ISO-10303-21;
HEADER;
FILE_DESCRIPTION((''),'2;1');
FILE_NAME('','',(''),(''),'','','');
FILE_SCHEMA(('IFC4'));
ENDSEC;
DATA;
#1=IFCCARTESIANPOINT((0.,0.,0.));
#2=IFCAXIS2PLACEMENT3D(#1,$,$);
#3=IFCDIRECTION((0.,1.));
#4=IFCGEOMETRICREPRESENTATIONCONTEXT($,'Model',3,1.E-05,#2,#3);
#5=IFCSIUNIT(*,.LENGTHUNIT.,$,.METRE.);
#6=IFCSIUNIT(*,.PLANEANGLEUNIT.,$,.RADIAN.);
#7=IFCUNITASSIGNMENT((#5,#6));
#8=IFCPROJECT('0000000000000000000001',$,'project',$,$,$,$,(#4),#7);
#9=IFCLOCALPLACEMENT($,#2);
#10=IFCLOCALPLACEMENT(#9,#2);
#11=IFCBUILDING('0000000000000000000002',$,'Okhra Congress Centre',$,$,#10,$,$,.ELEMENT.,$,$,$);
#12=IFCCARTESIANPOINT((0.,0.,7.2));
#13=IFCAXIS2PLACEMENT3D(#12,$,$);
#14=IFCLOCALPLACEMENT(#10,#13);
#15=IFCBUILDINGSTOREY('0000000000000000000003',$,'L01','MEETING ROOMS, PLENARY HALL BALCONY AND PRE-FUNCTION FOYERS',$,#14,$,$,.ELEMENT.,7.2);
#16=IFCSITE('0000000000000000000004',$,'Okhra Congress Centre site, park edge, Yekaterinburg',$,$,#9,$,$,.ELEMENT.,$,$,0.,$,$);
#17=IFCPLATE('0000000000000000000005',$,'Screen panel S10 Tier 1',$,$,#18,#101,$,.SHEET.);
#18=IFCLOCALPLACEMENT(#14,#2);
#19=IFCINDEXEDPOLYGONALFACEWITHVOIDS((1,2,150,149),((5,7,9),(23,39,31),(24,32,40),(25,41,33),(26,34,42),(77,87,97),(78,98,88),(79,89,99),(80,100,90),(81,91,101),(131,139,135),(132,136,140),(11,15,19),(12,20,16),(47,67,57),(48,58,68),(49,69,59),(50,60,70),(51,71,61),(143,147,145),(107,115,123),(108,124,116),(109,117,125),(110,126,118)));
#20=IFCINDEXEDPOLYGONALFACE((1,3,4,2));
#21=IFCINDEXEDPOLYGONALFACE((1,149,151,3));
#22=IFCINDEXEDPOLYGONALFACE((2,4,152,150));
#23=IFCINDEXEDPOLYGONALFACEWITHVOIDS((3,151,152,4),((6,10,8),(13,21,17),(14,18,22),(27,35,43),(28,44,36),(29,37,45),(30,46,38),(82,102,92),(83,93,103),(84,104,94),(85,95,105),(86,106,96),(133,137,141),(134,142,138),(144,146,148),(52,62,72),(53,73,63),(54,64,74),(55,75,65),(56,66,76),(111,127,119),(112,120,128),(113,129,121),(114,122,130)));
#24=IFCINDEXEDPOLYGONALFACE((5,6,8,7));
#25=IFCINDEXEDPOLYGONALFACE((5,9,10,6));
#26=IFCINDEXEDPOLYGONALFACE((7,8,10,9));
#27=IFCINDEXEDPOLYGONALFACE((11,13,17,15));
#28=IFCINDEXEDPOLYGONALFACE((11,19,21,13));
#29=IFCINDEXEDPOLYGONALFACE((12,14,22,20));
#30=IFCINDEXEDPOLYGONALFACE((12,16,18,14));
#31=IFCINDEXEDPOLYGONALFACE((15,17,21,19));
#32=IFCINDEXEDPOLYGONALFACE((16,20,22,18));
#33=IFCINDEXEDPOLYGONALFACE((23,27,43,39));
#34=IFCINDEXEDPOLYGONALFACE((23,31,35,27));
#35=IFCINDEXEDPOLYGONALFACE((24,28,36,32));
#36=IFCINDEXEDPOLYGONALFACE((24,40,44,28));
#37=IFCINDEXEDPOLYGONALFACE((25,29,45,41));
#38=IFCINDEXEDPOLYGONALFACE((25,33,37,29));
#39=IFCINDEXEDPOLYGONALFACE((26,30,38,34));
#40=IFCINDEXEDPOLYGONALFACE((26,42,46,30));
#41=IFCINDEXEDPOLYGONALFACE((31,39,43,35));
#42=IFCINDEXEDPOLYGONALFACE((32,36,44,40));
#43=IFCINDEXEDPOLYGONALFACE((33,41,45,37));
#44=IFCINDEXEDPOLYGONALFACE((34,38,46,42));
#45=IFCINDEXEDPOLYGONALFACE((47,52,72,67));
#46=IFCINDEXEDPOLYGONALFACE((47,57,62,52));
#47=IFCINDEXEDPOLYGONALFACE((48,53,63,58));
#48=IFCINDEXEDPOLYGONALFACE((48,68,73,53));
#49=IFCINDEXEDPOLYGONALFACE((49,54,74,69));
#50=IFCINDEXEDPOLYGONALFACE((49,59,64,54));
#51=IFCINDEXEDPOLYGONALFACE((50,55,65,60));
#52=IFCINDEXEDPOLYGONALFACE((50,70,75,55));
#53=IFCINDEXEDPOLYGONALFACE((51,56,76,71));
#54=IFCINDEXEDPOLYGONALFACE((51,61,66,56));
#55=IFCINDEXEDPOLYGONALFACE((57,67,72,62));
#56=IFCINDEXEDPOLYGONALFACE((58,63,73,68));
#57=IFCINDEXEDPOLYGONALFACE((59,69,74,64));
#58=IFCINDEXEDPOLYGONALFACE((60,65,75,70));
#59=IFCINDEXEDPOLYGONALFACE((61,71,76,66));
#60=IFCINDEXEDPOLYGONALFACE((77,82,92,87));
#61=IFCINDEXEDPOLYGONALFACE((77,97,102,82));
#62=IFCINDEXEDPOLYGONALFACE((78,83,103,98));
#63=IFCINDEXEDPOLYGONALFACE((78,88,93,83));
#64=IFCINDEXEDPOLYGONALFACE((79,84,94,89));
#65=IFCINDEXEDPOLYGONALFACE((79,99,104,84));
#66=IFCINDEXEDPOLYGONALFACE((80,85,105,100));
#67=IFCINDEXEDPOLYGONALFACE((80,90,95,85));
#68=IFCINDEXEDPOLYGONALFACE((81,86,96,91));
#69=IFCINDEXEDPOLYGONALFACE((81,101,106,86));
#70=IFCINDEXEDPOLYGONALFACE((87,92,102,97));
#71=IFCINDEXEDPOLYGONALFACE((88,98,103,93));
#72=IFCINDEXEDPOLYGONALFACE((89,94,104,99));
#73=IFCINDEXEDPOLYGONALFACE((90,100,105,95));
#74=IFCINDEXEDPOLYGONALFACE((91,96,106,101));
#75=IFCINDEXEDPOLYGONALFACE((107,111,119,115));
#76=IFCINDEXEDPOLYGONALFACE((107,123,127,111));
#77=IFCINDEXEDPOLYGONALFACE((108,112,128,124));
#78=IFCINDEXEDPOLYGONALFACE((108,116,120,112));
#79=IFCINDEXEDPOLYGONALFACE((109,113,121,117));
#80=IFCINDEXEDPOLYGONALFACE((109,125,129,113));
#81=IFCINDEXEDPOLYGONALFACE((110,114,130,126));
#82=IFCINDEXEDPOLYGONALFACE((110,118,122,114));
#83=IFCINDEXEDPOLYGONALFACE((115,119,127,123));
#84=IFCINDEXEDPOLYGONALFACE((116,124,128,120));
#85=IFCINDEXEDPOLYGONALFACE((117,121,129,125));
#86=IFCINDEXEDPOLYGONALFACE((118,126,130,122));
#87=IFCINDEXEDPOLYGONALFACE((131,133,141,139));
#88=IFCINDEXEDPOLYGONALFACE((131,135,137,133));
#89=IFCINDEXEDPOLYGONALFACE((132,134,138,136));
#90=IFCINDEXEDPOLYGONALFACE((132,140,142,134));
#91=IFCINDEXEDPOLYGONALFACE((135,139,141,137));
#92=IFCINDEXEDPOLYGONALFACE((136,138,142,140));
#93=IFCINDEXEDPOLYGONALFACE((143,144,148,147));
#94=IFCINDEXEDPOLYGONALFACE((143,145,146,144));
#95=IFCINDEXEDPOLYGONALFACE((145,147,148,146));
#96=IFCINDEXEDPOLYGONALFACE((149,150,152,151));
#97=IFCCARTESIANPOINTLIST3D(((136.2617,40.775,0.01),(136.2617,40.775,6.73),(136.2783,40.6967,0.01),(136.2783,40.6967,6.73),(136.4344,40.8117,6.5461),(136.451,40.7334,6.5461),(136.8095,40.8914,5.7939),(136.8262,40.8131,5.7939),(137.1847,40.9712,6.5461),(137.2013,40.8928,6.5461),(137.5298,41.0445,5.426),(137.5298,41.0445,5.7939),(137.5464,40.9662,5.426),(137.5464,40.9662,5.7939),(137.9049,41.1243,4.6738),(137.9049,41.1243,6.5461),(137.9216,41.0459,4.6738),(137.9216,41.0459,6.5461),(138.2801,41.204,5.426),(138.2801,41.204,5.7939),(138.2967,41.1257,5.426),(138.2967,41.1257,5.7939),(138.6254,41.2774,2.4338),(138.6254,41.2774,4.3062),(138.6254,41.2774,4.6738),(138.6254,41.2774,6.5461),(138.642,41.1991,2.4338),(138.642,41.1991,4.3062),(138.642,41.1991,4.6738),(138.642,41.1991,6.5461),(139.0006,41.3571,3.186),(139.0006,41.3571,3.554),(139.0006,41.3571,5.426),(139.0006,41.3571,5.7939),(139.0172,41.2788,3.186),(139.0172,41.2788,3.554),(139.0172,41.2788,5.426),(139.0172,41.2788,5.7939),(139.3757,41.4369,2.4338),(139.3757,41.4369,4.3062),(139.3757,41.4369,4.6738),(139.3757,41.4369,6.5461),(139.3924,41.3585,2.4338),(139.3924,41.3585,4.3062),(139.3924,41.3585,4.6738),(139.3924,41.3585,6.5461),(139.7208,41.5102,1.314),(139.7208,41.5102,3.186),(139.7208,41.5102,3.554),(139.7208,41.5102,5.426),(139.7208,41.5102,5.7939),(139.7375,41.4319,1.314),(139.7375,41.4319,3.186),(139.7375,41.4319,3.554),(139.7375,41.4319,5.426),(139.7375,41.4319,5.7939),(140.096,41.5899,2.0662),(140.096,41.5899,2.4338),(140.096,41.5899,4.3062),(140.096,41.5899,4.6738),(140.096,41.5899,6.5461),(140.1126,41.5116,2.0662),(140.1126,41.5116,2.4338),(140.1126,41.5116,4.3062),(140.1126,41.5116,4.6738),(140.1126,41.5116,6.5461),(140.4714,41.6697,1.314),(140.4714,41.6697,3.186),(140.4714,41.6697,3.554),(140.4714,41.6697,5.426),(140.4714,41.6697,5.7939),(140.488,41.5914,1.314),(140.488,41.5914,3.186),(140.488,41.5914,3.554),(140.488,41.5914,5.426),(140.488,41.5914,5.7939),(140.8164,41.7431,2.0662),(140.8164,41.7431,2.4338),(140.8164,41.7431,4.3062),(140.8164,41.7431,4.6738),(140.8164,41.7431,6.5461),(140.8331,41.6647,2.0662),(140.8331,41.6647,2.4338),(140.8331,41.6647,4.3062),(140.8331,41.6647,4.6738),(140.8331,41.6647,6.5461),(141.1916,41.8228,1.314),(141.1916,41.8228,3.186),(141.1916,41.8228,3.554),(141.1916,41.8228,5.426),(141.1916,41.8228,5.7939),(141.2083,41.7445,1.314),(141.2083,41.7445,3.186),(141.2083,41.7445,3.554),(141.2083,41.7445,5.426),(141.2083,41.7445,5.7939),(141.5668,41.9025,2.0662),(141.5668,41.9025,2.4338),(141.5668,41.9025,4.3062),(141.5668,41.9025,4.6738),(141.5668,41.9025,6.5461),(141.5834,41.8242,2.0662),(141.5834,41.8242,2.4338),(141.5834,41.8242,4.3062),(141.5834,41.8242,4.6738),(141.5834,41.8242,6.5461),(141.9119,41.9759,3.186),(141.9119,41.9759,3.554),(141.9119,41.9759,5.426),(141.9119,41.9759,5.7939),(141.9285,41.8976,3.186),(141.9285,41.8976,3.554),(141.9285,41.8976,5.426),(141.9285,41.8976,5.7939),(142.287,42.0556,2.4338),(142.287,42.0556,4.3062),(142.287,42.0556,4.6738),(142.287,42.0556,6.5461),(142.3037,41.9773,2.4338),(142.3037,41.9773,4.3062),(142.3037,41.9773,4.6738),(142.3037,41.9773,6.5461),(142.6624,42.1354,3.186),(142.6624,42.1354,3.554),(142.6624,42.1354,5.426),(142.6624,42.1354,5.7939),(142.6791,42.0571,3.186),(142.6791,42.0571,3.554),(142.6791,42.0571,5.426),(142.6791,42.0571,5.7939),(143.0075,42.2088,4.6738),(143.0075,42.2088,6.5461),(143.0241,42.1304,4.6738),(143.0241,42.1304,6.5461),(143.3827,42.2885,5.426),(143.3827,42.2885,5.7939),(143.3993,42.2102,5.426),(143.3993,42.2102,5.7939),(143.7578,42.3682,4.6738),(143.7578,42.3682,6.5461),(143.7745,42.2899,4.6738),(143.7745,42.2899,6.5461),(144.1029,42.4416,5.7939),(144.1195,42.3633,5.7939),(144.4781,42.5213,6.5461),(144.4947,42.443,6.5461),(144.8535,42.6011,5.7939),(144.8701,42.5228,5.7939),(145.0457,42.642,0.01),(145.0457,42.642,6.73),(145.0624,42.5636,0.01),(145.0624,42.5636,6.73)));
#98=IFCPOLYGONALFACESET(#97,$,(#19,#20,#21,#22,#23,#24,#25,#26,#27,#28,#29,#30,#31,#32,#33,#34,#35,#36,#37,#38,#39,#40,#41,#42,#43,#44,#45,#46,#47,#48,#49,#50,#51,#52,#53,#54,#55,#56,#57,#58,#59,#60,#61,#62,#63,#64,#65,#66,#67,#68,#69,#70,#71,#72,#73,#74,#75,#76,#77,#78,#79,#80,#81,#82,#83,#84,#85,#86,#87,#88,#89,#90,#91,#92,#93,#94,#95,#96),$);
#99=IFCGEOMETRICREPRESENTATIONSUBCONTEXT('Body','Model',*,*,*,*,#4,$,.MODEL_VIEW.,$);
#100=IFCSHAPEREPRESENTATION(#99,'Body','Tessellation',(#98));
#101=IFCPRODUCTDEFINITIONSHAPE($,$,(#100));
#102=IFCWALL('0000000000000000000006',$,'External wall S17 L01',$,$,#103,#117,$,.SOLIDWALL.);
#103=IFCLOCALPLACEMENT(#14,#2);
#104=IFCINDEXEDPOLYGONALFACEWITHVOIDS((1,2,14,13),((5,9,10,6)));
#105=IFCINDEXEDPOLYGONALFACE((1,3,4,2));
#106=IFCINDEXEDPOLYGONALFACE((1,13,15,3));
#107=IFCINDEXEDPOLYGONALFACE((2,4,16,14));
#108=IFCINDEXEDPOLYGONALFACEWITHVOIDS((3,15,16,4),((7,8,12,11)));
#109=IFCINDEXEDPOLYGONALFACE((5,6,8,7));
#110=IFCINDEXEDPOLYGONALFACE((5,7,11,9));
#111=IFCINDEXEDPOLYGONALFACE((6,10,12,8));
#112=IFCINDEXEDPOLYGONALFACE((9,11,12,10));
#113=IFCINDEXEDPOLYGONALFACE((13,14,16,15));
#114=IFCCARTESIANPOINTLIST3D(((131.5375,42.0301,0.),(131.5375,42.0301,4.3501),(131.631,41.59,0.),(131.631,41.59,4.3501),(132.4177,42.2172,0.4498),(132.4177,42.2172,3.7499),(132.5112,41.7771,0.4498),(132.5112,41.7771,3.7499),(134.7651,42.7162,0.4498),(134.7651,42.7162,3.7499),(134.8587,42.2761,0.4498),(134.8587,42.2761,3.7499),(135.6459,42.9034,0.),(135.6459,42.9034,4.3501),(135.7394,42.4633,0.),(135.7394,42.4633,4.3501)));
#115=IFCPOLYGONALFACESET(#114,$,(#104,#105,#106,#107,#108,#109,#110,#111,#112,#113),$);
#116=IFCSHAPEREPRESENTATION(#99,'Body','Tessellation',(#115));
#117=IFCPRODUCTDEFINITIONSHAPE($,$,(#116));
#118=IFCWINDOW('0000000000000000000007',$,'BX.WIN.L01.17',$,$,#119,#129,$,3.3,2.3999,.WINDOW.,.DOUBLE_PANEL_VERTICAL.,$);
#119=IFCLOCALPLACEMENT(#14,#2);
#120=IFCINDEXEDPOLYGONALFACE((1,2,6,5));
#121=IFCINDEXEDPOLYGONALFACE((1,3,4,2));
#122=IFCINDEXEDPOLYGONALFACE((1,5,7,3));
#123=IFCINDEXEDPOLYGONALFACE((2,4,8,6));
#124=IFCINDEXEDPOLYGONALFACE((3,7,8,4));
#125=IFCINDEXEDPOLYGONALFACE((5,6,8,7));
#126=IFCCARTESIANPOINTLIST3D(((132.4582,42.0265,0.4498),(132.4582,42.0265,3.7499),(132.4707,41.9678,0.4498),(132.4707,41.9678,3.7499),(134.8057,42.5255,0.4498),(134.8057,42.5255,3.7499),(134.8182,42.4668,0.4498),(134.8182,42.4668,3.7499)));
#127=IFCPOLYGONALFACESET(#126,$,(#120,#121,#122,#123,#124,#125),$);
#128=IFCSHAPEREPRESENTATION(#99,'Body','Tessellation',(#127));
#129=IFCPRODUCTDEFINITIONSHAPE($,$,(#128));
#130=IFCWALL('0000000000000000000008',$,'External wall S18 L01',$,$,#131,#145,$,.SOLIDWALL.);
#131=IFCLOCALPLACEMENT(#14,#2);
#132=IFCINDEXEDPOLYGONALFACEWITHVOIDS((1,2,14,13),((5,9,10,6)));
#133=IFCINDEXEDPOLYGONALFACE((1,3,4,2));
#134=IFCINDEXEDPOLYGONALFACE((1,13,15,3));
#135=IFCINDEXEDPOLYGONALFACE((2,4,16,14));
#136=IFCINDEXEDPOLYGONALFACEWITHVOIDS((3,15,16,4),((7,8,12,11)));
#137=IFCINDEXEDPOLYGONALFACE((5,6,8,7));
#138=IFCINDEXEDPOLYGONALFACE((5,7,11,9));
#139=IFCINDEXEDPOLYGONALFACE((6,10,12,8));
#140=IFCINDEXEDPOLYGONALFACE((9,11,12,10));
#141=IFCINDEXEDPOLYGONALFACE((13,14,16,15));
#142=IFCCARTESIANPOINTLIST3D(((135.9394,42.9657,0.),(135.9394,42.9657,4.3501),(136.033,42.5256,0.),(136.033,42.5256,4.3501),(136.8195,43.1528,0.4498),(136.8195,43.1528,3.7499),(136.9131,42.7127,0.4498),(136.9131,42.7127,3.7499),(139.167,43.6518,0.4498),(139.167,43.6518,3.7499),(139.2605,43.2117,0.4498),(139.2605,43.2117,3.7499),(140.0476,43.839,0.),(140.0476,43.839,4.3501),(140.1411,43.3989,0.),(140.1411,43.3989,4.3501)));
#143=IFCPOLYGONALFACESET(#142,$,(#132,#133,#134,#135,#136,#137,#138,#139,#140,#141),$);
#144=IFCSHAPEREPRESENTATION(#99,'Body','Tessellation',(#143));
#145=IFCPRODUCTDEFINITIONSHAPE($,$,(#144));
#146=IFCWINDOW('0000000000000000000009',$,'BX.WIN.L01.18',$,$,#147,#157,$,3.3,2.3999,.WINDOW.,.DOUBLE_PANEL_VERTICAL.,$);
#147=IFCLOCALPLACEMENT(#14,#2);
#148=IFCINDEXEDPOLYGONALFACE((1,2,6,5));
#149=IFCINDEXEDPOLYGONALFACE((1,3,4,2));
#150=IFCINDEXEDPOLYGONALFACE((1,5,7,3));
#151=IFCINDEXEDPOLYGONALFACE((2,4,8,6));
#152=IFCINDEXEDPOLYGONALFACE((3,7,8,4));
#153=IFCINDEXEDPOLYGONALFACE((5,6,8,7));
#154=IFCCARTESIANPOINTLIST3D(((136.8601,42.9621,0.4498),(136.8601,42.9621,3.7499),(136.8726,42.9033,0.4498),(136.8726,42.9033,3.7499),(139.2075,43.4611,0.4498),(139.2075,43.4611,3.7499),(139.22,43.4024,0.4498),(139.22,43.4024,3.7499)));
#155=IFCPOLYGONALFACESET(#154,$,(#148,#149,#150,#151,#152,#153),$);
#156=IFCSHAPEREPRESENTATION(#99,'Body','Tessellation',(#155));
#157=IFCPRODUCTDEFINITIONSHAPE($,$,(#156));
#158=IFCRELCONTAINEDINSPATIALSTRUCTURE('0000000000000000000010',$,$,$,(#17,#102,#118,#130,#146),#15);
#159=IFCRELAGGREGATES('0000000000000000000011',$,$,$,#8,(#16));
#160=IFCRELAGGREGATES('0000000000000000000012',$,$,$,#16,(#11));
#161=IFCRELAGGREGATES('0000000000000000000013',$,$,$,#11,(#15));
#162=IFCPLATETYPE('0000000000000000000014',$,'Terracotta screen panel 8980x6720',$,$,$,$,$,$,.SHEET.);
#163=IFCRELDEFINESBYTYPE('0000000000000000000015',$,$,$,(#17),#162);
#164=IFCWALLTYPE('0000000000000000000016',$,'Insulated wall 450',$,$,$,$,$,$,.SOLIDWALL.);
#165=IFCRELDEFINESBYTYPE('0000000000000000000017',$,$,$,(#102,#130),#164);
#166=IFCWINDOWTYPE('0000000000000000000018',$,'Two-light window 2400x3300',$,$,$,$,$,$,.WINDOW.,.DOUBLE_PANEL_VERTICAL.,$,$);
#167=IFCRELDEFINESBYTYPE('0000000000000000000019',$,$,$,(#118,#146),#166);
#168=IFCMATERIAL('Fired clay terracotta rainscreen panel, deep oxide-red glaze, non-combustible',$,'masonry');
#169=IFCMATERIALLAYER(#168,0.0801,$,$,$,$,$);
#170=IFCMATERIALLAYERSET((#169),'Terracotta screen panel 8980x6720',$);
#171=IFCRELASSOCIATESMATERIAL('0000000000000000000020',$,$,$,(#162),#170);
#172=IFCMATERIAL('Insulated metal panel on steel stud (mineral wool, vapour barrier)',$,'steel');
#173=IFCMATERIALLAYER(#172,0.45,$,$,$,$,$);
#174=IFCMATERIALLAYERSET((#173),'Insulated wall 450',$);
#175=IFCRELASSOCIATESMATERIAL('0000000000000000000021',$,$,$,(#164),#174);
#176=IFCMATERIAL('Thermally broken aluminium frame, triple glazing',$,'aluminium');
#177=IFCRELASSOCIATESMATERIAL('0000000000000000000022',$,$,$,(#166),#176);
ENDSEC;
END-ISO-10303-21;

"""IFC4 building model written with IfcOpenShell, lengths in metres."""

from ifc_helpers import new_model, si_unit, direction, frame, frame_2d, origin, place, context, subcontext, project, spatial, polyline, rectangle, outline, extrude, material, layer, layer_set, type_object, element, fill, save


model = new_model("IFC4")

# Units and contexts
model_context = context("Model", 3, precision=1e-05, world=origin(), true_north=direction((0.0, 1.0)))
body_context = subcontext(model_context, "Body", "Model", "MODEL_VIEW")
ifc_project = project(units=[si_unit("LENGTHUNIT", "METRE"), si_unit("PLANEANGLEUNIT", "RADIAN")], contexts=[model_context])

# Site, building, storey
site_placement = place(None, origin())
site = spatial("IfcSite", under=ifc_project, at=site_placement, Name="Okhra Congress Centre site, park edge, Yekaterinburg", CompositionType="ELEMENT", RefElevation=0.0)
building_placement = place(site_placement, origin())
building = spatial("IfcBuilding", under=site, at=building_placement, Name="Okhra Congress Centre", CompositionType="ELEMENT")
storey_placement = place(building_placement, frame((0.0, 0.0, 7.2)))
storey = spatial("IfcBuildingStorey", under=building, at=storey_placement, Name="L01", Description="MEETING ROOMS, PLENARY HALL BALCONY AND PRE-FUNCTION FOYERS", CompositionType="ELEMENT", Elevation=7.2)

# Plate
ifc_material_1 = material(Name="Fired clay terracotta rainscreen panel, deep oxide-red glaze, non-combustible", Category="masonry")
ifc_layer_1 = layer(ifc_material_1, 0.0801)
ifc_layer_set_1 = layer_set([ifc_layer_1], Name="Terracotta screen panel 8980x6720")
plate_type = type_object("IfcPlateType", Name="Terracotta screen panel 8980x6720", PredefinedType="SHEET", material=ifc_layer_set_1)
plate_placement = place(storey_placement, frame((136.27, 40.7358, 0.01), z_axis=(0.0, 0.0, 1.0), x_axis=(0.978151, 0.207897, 0.0)))
element("IfcPlate", 1, at=plate_placement, inside=storey, type_object=plate_type, Name="Screen panel S10 Tier 1", PredefinedType="SHEET", context=body_context, shape_type="SweptSolid", body=[
    extrude(outline(polyline([(0.0, 0.0), (8.9802, 0.0), (8.9802, 6.72), (0.0, 6.72), (0.0, 0.0)]), holes=[polyline([(3.5364, 1.304), (4.3037, 1.304), (3.9199, 2.0562), (3.5364, 1.304)]), polyline([(4.6565, 2.0562), (5.04, 1.304), (5.4236, 2.0562), (4.6565, 2.0562)]), polyline([(2.4165, 2.4238), (3.1836, 2.4238), (2.8, 3.176), (2.4165, 2.4238)]), polyline([(3.5364, 3.176), (3.9199, 2.4238), (4.3037, 3.176), (3.5364, 3.176)]), polyline([(4.6565, 2.4238), (5.4236, 2.4238), (5.04, 3.176), (4.6565, 2.4238)]), polyline([(5.7764, 3.176), (6.1599, 2.4238), (6.5437, 3.176), (5.7764, 3.176)]), polyline([(2.4165, 4.2961), (2.8, 3.5439), (3.1836, 4.2961), (2.4165, 4.2961)]), polyline([(3.5364, 3.5439), (4.3037, 3.5439), (3.9199, 4.2961), (3.5364, 3.5439)]), polyline([(4.6565, 4.2961), (5.04, 3.5439), (5.4236, 4.2961), (4.6565, 4.2961)]), polyline([(5.7764, 3.5439), (6.5437, 3.5439), (6.1599, 4.2961), (5.7764, 3.5439)]), polyline([(1.2964, 5.416), (1.6799, 4.6638), (2.0635, 5.416), (1.2964, 5.416)]), polyline([(2.4165, 4.6638), (3.1836, 4.6638), (2.8, 5.416), (2.4165, 4.6638)]), polyline([(3.5364, 5.416), (3.9199, 4.6638), (4.3037, 5.416), (3.5364, 5.416)]), polyline([(4.6565, 4.6638), (5.4236, 4.6638), (5.04, 5.416), (4.6565, 4.6638)]), polyline([(5.7764, 5.416), (6.1599, 4.6638), (6.5437, 5.416), (5.7764, 5.416)]), polyline([(6.8965, 4.6638), (7.6636, 4.6638), (7.28, 5.416), (6.8965, 4.6638)]), polyline([(0.1765, 6.5361), (0.5601, 5.7839), (0.9436, 6.5361), (0.1765, 6.5361)]), polyline([(1.2964, 5.7839), (2.0635, 5.7839), (1.6799, 6.5361), (1.2964, 5.7839)]), polyline([(2.4165, 6.5361), (2.8, 5.7839), (3.1836, 6.5361), (2.4165, 6.5361)]), polyline([(3.5364, 5.7839), (4.3037, 5.7839), (3.9199, 6.5361), (3.5364, 5.7839)]), polyline([(4.6565, 6.5361), (5.04, 5.7839), (5.4236, 6.5361), (4.6565, 6.5361)]), polyline([(5.7764, 5.7839), (6.5437, 5.7839), (6.1599, 6.5361), (5.7764, 5.7839)]), polyline([(6.8965, 6.5361), (7.28, 5.7839), (7.6636, 6.5361), (6.8965, 6.5361)]), polyline([(8.0164, 5.7839), (8.7837, 5.7839), (8.3999, 6.5361), (8.0164, 5.7839)])]), frame((0.0, 0.04, 0.0), z_axis=(0.0, -1.0, 0.0), x_axis=(1.0, 0.0, 0.0)), (0.0, 0.0, 1.0), 0.0801),
])

# Walls, openings, windows
ifc_material_2 = material(Name="Insulated metal panel on steel stud (mineral wool, vapour barrier)", Category="steel")
ifc_layer_2 = layer(ifc_material_2, 0.45)
ifc_layer_set_2 = layer_set([ifc_layer_2], Name="Insulated wall 450")
wall_type_1 = type_object("IfcWallType", Name="Insulated wall 450", PredefinedType="SOLIDWALL", material=ifc_layer_set_2)
wall_1_placement = place(storey_placement, frame((131.5842, 41.8101, 0.0), z_axis=(0.0, 0.0, 1.0), x_axis=(0.978146, 0.207917, 0.0)))
wall_1 = element("IfcWall", 2, at=wall_1_placement, inside=storey, type_object=wall_type_1, Name="External wall S17 L01", PredefinedType="SOLIDWALL", context=body_context, shape_type="SweptSolid", body=[
    extrude(rectangle(XDim=4.2002, YDim=0.45, at=frame_2d((2.1001, 0.0))), origin(), (0.0, 0.0, 1.0), 4.3501),
])
opening_1_placement = place(wall_1_placement, frame((0.8999, 0.0, 0.45)))
opening_1 = element("IfcOpeningElement", 3, at=opening_1_placement, cuts=wall_1, PredefinedType="OPENING", context=body_context, shape_type="SweptSolid", body=[
    extrude(rectangle(XDim=2.3999, YDim=3.3, at=frame_2d((1.2, 1.6499))), frame((0.0, 0.2349, 0.0), z_axis=(0.0, -1.0, 0.0), x_axis=(1.0, 0.0, 0.0)), (0.0, 0.0, 1.0), 0.47),
])
ifc_material_3 = material(Name="Thermally broken aluminium frame, triple glazing", Category="aluminium")
window_type = type_object("IfcWindowType", Name="Two-light window 2400x3300", PartitioningType="DOUBLE_PANEL_VERTICAL", PredefinedType="WINDOW", material=ifc_material_3)
window_1_placement = place(opening_1_placement, origin())
window_1 = element("IfcWindow", 4, at=window_1_placement, inside=storey, type_object=window_type, Name="BX.WIN.L01.17", OverallHeight=3.3, OverallWidth=2.3999, PartitioningType="DOUBLE_PANEL_VERTICAL", PredefinedType="WINDOW", context=body_context, shape_type="SweptSolid", body=[
    extrude(rectangle(XDim=2.3999, YDim=3.3, at=frame_2d((1.2, 1.6499))), frame((0.0, 0.03, 0.0), z_axis=(0.0, -1.0, 0.0), x_axis=(1.0, 0.0, 0.0)), (0.0, 0.0, 1.0), 0.0601),
])
fill(opening_1, window_1)
wall_2_placement = place(storey_placement, frame((135.9861, 42.7456, 0.0), z_axis=(0.0, 0.0, 1.0), x_axis=(0.978144, 0.207929, 0.0)))
wall_2 = element("IfcWall", 5, at=wall_2_placement, inside=storey, type_object=wall_type_1, Name="External wall S18 L01", PredefinedType="SOLIDWALL", context=body_context, shape_type="SweptSolid", body=[
    extrude(rectangle(XDim=4.2, YDim=0.45, at=frame_2d((2.1001, 0.0))), origin(), (0.0, 0.0, 1.0), 4.3501),
])
opening_2_placement = place(wall_2_placement, frame((0.8999, 0.0, 0.45)))
opening_2 = element("IfcOpeningElement", 6, at=opening_2_placement, cuts=wall_2, PredefinedType="OPENING", context=body_context, shape_type="SweptSolid", body=[
    extrude(rectangle(XDim=2.3999, YDim=3.3, at=frame_2d((1.2, 1.6499))), frame((0.0, 0.2349, 0.0), z_axis=(0.0, -1.0, 0.0), x_axis=(1.0, 0.0, 0.0)), (0.0, 0.0, 1.0), 0.47),
])
window_2_placement = place(opening_2_placement, origin())
window_2 = element("IfcWindow", 7, at=window_2_placement, inside=storey, type_object=window_type, Name="BX.WIN.L01.18", OverallHeight=3.3, OverallWidth=2.3999, PartitioningType="DOUBLE_PANEL_VERTICAL", PredefinedType="WINDOW", context=body_context, shape_type="SweptSolid", body=[
    extrude(rectangle(XDim=2.3999, YDim=3.3, at=frame_2d((1.2, 1.6499))), frame((0.0, 0.03, 0.0), z_axis=(0.0, -1.0, 0.0), x_axis=(1.0, 0.0, 0.0)), (0.0, 0.0, 1.0), 0.0601),
])
fill(opening_2, window_2)

save(model, "model.ifc")
